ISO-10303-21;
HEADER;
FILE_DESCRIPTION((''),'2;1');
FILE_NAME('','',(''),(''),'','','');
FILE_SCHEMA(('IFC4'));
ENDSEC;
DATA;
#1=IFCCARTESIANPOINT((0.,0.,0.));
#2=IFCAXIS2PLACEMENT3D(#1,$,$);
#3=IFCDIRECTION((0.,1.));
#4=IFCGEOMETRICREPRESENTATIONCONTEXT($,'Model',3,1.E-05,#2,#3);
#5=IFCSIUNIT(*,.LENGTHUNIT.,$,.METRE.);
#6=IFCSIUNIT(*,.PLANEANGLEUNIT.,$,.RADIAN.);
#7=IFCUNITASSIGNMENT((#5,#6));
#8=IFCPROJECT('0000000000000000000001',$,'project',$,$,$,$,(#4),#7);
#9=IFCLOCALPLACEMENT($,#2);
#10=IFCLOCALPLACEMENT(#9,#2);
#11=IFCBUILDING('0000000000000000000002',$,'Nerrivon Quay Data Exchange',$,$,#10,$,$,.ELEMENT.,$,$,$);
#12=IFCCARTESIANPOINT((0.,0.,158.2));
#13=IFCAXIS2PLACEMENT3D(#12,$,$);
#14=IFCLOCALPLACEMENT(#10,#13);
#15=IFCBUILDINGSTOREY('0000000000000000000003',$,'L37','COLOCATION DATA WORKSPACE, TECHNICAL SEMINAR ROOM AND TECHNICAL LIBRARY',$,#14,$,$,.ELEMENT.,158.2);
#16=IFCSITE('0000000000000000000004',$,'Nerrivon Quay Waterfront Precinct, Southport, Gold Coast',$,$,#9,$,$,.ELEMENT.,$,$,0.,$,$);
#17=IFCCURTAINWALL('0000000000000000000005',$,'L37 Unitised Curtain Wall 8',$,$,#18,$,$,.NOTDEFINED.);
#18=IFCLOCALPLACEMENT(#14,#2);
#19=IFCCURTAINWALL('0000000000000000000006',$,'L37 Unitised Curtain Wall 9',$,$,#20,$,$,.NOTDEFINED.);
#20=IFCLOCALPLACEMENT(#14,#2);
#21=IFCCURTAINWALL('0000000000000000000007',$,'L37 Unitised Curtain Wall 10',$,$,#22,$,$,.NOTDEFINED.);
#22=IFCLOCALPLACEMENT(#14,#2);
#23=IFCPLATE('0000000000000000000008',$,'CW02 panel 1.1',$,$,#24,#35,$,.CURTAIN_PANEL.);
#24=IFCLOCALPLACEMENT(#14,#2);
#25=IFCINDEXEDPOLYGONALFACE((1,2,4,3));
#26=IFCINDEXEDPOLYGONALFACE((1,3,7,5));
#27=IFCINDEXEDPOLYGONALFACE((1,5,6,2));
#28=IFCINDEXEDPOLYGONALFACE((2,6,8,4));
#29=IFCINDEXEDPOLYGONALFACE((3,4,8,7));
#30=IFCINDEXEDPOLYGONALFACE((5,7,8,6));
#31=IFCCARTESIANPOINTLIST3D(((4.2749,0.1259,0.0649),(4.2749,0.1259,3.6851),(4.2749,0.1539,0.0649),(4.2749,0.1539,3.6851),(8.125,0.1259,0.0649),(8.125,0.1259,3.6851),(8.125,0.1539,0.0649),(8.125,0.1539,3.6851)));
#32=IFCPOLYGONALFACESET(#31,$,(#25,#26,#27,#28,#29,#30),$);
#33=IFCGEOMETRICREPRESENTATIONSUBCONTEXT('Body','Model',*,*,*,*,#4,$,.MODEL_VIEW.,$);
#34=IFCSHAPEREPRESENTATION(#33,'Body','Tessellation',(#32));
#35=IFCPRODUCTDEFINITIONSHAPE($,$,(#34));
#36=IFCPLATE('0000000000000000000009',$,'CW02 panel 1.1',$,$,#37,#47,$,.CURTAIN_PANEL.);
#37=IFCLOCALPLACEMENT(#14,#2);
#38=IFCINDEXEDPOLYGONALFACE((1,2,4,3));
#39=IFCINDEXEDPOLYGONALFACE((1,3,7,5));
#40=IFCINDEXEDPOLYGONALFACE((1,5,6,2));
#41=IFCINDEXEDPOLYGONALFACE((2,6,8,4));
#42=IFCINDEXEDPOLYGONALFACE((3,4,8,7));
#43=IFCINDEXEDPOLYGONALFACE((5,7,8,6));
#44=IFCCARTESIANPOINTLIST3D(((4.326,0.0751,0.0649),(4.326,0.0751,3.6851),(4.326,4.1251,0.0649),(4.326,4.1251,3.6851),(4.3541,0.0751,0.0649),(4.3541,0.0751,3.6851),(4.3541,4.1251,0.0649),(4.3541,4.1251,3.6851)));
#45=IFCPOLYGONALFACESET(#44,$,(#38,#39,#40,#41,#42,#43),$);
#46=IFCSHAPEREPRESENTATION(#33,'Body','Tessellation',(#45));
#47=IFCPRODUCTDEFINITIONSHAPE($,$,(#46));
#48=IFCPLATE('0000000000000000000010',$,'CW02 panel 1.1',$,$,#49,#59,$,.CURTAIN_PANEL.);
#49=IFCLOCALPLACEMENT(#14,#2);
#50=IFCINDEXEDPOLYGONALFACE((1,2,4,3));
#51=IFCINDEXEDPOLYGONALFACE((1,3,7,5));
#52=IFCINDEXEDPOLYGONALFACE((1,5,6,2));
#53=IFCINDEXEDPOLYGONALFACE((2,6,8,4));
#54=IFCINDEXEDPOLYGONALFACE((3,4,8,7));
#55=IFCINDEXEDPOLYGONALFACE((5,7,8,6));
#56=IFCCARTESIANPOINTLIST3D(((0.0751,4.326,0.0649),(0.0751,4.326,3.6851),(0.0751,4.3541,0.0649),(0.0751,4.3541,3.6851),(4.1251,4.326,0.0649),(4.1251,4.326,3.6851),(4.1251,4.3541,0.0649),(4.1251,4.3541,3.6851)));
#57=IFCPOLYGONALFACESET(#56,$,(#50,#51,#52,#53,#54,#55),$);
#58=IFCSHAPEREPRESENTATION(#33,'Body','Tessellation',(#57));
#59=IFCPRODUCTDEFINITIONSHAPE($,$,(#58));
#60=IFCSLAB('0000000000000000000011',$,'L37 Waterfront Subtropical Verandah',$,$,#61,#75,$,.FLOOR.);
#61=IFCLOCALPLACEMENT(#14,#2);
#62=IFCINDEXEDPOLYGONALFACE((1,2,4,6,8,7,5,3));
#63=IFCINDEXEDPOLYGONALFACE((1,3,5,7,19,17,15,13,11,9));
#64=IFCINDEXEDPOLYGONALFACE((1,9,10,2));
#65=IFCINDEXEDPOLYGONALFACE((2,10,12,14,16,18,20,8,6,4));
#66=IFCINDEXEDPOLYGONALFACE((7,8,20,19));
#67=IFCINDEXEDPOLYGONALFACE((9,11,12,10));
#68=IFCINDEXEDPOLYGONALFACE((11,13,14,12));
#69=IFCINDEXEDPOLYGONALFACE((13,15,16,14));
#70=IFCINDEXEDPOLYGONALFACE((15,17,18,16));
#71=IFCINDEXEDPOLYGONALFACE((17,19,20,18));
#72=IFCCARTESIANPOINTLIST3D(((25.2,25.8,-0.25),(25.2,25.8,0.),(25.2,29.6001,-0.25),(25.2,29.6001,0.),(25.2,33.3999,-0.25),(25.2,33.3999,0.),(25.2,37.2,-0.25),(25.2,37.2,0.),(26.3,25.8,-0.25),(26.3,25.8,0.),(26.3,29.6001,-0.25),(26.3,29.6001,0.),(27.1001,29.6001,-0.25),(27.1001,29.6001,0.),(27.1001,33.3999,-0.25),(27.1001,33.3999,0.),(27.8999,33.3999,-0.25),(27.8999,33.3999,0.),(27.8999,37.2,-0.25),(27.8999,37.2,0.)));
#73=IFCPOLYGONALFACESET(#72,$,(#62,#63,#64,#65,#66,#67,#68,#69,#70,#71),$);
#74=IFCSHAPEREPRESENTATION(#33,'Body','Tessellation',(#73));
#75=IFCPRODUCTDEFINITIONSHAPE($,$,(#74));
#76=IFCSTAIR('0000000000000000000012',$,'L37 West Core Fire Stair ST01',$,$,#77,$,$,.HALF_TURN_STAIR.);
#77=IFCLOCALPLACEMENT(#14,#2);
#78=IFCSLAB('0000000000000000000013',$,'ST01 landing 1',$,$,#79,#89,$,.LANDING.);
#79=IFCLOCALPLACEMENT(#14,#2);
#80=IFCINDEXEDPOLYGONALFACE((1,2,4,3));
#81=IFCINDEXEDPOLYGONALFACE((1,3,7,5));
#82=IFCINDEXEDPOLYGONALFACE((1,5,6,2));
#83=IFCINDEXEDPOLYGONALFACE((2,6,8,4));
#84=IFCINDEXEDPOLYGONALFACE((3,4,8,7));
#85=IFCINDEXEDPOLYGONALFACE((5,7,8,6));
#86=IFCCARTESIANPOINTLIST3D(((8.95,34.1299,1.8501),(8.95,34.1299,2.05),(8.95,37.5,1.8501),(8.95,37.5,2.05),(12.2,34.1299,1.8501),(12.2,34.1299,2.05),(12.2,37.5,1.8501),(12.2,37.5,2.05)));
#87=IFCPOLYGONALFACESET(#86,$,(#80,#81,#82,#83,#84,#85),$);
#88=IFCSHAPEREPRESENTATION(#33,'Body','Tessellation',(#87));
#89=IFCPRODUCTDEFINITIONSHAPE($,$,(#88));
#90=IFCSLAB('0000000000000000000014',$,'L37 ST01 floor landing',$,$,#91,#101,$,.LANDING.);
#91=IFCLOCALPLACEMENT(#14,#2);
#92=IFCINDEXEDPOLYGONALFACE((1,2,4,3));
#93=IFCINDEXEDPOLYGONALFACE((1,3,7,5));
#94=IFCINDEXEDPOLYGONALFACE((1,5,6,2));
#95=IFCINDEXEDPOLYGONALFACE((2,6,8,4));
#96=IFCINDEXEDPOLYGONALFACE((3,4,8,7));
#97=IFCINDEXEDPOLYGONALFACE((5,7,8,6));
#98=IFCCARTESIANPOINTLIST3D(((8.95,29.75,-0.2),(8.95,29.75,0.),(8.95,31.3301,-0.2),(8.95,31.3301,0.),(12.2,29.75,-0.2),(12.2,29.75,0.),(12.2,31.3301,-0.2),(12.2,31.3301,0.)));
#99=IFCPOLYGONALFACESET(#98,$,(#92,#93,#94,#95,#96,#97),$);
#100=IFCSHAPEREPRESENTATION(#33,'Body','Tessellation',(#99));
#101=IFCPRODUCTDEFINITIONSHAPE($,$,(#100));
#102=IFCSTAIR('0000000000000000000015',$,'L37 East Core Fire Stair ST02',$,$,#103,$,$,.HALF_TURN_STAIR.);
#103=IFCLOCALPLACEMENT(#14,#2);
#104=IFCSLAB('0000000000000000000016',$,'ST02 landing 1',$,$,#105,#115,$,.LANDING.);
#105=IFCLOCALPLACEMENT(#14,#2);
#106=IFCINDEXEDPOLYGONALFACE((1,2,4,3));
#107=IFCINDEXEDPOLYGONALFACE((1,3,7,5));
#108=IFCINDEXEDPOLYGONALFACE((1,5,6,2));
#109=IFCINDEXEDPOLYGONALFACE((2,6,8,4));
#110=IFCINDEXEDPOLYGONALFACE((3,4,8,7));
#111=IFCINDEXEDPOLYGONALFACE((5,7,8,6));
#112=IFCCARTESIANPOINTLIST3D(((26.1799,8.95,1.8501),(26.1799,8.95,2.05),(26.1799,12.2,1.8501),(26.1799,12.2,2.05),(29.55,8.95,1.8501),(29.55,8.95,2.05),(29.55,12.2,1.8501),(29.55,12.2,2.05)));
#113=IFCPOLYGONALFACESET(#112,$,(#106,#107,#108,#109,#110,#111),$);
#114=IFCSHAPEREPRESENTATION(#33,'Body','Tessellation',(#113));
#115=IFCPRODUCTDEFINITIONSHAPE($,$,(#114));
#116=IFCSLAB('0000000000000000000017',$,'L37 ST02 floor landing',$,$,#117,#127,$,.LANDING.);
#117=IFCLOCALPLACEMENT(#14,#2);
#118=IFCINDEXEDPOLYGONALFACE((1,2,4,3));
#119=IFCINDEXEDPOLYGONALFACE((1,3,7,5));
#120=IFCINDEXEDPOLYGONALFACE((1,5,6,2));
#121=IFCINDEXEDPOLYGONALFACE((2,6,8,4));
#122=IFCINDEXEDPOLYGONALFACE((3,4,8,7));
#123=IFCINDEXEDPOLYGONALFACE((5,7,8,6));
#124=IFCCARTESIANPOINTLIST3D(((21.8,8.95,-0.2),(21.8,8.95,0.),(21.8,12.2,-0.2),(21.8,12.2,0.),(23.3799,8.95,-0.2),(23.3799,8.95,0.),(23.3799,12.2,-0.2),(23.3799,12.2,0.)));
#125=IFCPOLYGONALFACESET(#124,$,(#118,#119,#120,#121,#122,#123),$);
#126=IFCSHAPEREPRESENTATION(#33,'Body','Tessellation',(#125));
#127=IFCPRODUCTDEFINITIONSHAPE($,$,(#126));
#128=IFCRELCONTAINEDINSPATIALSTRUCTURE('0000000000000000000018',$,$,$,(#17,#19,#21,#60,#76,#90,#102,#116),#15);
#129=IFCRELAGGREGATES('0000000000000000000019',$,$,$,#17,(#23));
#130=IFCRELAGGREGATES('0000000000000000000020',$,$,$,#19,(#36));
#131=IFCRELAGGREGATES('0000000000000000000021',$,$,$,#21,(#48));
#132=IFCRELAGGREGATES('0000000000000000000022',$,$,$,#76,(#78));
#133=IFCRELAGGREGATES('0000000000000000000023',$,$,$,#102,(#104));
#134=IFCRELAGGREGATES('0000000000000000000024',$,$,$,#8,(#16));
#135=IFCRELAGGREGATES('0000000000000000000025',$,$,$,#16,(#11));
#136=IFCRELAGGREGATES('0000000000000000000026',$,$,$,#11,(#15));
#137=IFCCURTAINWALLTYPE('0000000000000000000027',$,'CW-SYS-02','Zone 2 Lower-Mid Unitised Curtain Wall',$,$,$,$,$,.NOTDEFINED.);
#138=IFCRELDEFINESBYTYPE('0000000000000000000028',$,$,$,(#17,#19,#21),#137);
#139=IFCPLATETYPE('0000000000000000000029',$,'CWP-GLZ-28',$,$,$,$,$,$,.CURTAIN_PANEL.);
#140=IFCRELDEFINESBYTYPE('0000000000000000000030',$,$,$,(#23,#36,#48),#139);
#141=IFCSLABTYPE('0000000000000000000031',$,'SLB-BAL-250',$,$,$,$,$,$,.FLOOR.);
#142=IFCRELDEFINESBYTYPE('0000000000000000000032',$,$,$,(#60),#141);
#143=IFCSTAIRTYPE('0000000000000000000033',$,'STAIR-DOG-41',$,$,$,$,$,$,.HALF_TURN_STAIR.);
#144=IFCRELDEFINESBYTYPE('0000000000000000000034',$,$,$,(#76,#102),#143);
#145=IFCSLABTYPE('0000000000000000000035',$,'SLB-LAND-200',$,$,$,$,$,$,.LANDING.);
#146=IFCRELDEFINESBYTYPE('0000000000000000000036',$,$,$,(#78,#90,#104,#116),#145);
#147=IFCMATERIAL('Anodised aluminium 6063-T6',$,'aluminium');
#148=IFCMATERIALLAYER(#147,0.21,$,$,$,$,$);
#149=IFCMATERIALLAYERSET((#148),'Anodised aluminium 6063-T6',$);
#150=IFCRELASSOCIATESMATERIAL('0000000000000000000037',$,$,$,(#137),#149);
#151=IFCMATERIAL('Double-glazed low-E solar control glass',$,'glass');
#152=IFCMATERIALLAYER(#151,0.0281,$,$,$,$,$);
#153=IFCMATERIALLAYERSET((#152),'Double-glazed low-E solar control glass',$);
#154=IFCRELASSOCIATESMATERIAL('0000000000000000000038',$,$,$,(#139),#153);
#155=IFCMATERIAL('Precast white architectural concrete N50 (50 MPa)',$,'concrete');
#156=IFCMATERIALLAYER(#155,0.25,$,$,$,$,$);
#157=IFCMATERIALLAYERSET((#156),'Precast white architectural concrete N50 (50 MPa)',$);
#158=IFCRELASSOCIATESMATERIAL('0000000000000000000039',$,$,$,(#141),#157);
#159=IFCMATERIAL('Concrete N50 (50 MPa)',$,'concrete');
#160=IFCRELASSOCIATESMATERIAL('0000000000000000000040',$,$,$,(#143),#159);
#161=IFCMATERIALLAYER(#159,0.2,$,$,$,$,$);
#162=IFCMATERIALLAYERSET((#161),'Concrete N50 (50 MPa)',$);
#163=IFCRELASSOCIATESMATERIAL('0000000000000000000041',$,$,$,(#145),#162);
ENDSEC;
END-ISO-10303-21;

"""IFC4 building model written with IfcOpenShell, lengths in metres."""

from ifc_helpers import new_model, si_unit, direction, frame, origin, origin_2d, place, context, subcontext, project, spatial, polyline, rectangle, outline, extrude, material, layer, layer_set, type_object, element, aggregate, save


model = new_model("IFC4")

# Units and contexts
model_context = context("Model", 3, precision=1e-05, world=origin(), true_north=direction((0.0, 1.0)))
body_context = subcontext(model_context, "Body", "Model", "MODEL_VIEW")
ifc_project = project(units=[si_unit("LENGTHUNIT", "METRE"), si_unit("PLANEANGLEUNIT", "RADIAN")], contexts=[model_context])

# Site, building, storey
site_placement = place(None, origin())
site = spatial("IfcSite", under=ifc_project, at=site_placement, Name="Nerrivon Quay Waterfront Precinct, Southport, Gold Coast", CompositionType="ELEMENT", RefElevation=0.0)
building_placement = place(site_placement, origin())
building = spatial("IfcBuilding", under=site, at=building_placement, Name="Nerrivon Quay Data Exchange", CompositionType="ELEMENT")
storey_placement = place(building_placement, frame((0.0, 0.0, 158.2)))
storey = spatial("IfcBuildingStorey", under=building, at=storey_placement, Name="L37", Description="COLOCATION DATA WORKSPACE, TECHNICAL SEMINAR ROOM AND TECHNICAL LIBRARY", CompositionType="ELEMENT", Elevation=158.2)

# Curtain wall
ifc_material_1 = material(Name="Anodised aluminium 6063-T6", Category="aluminium")
ifc_layer_1 = layer(ifc_material_1, 0.21)
ifc_layer_set_1 = layer_set([ifc_layer_1], Name="Anodised aluminium 6063-T6")
curtain_wall_type = type_object("IfcCurtainWallType", Name="CW-SYS-02", Description="Zone 2 Lower-Mid Unitised Curtain Wall", PredefinedType="NOTDEFINED", material=ifc_layer_set_1)
curtain_wall_1_placement = place(storey_placement, origin())
curtain_wall_1 = element("IfcCurtainWall", 1, at=curtain_wall_1_placement, inside=storey, type_object=curtain_wall_type, Name="L37 Unitised Curtain Wall 8", PredefinedType="NOTDEFINED")

# Curtain wall
curtain_wall_2_placement = place(storey_placement, origin())
curtain_wall_2 = element("IfcCurtainWall", 2, at=curtain_wall_2_placement, inside=storey, type_object=curtain_wall_type, Name="L37 Unitised Curtain Wall 9", PredefinedType="NOTDEFINED")

# Curtain wall
curtain_wall_3_placement = place(storey_placement, origin())
curtain_wall_3 = element("IfcCurtainWall", 3, at=curtain_wall_3_placement, inside=storey, type_object=curtain_wall_type, Name="L37 Unitised Curtain Wall 10", PredefinedType="NOTDEFINED")

# Plates
ifc_material_2 = material(Name="Double-glazed low-E solar control glass", Category="glass")
ifc_layer_2 = layer(ifc_material_2, 0.0281)
ifc_layer_set_2 = layer_set([ifc_layer_2], Name="Double-glazed low-E solar control glass")
plate_type = type_object("IfcPlateType", Name="CWP-GLZ-28", PredefinedType="CURTAIN_PANEL", material=ifc_layer_set_2)
plate_1_placement = place(storey_placement, frame((6.2, 0.1399, 0.0649), z_axis=(0.0, 0.0, 1.0), x_axis=(-1.0, 0.0, 0.0)))
plate_1 = element("IfcPlate", 4, at=plate_1_placement, type_object=plate_type, Name="CW02 panel 1.1", PredefinedType="CURTAIN_PANEL", context=body_context, shape_type="SweptSolid", body=[
    extrude(rectangle(XDim=3.8501, YDim=0.0281, at=origin_2d()), origin(), (0.0, 0.0, 1.0), 3.6201),
])
aggregate(curtain_wall_1, [plate_1])
plate_2_placement = place(storey_placement, frame((4.3401, 2.1001, 0.0649), z_axis=(0.0, 0.0, 1.0), x_axis=(0.0, 1.0, 0.0)))
plate_2 = element("IfcPlate", 5, at=plate_2_placement, type_object=plate_type, Name="CW02 panel 1.1", PredefinedType="CURTAIN_PANEL", context=body_context, shape_type="SweptSolid", body=[
    extrude(rectangle(XDim=4.05, YDim=0.0281, at=origin_2d()), origin(), (0.0, 0.0, 1.0), 3.6201),
])
aggregate(curtain_wall_2, [plate_2])
plate_3_placement = place(storey_placement, frame((2.1001, 4.3401, 0.0649), z_axis=(0.0, 0.0, 1.0), x_axis=(-1.0, 0.0, 0.0)))
plate_3 = element("IfcPlate", 6, at=plate_3_placement, type_object=plate_type, Name="CW02 panel 1.1", PredefinedType="CURTAIN_PANEL", context=body_context, shape_type="SweptSolid", body=[
    extrude(rectangle(XDim=4.05, YDim=0.0281, at=origin_2d()), origin(), (0.0, 0.0, 1.0), 3.6201),
])
aggregate(curtain_wall_3, [plate_3])

# Slab
ifc_material_3 = material(Name="Precast white architectural concrete N50 (50 MPa)", Category="concrete")
ifc_layer_3 = layer(ifc_material_3, 0.25)
ifc_layer_set_3 = layer_set([ifc_layer_3], Name="Precast white architectural concrete N50 (50 MPa)")
slab_type_1 = type_object("IfcSlabType", Name="SLB-BAL-250", PredefinedType="FLOOR", material=ifc_layer_set_3)
slab_1_placement = place(storey_placement, frame((0.0, 0.0, -0.25)))
element("IfcSlab", 7, at=slab_1_placement, inside=storey, type_object=slab_type_1, Name="L37 Waterfront Subtropical Verandah", PredefinedType="FLOOR", context=body_context, shape_type="SweptSolid", body=[
    extrude(outline(polyline([(26.3, 29.6001), (27.1001, 29.6001), (27.1001, 33.3999), (27.8999, 33.3999), (27.8999, 37.2), (25.2, 37.2), (25.2, 33.3999), (25.2, 29.6001), (25.2, 25.8), (26.3, 25.8), (26.3, 29.6001)])), origin(), (0.0, 0.0, 1.0), 0.25),
])

# Stair, slab
ifc_material_4 = material(Name="Concrete N50 (50 MPa)", Category="concrete")
stair_type = type_object("IfcStairType", Name="STAIR-DOG-41", PredefinedType="HALF_TURN_STAIR", material=ifc_material_4)
stair_1_placement = place(storey_placement, origin())
stair_1 = element("IfcStair", 8, at=stair_1_placement, inside=storey, type_object=stair_type, Name="L37 West Core Fire Stair ST01", PredefinedType="HALF_TURN_STAIR")
ifc_layer_4 = layer(ifc_material_4, 0.2)
ifc_layer_set_4 = layer_set([ifc_layer_4], Name="Concrete N50 (50 MPa)")
slab_type_2 = type_object("IfcSlabType", Name="SLB-LAND-200", PredefinedType="LANDING", material=ifc_layer_set_4)
slab_2_placement = place(storey_placement, frame((0.0, 0.0, 1.8501)))
slab_2 = element("IfcSlab", 9, at=slab_2_placement, type_object=slab_type_2, Name="ST01 landing 1", PredefinedType="LANDING", context=body_context, shape_type="SweptSolid", body=[
    extrude(outline(polyline([(12.2, 34.1299), (12.2, 37.5), (8.95, 37.5), (8.95, 34.1299), (12.2, 34.1299)])), origin(), (0.0, 0.0, 1.0), 0.2),
])
aggregate(stair_1, [slab_2])

# Slab
slab_3_placement = place(storey_placement, frame((0.0, 0.0, -0.2)))
element("IfcSlab", 10, at=slab_3_placement, inside=storey, type_object=slab_type_2, Name="L37 ST01 floor landing", PredefinedType="LANDING", context=body_context, shape_type="SweptSolid", body=[
    extrude(outline(polyline([(12.2, 29.75), (12.2, 31.3301), (8.95, 31.3301), (8.95, 29.75), (12.2, 29.75)])), origin(), (0.0, 0.0, 1.0), 0.2),
])

# Stair, slab
stair_2_placement = place(storey_placement, origin())
stair_2 = element("IfcStair", 11, at=stair_2_placement, inside=storey, type_object=stair_type, Name="L37 East Core Fire Stair ST02", PredefinedType="HALF_TURN_STAIR")
slab_4_placement = place(storey_placement, frame((0.0, 0.0, 1.8501)))
slab_4 = element("IfcSlab", 12, at=slab_4_placement, type_object=slab_type_2, Name="ST02 landing 1", PredefinedType="LANDING", context=body_context, shape_type="SweptSolid", body=[
    extrude(outline(polyline([(26.1799, 8.95), (29.55, 8.95), (29.55, 12.2), (26.1799, 12.2), (26.1799, 8.95)])), origin(), (0.0, 0.0, 1.0), 0.2),
])
aggregate(stair_2, [slab_4])

# Slab
slab_5_placement = place(storey_placement, frame((0.0, 0.0, -0.2)))
element("IfcSlab", 13, at=slab_5_placement, inside=storey, type_object=slab_type_2, Name="L37 ST02 floor landing", PredefinedType="LANDING", context=body_context, shape_type="SweptSolid", body=[
    extrude(outline(polyline([(21.8, 8.95), (23.3799, 8.95), (23.3799, 12.2), (21.8, 12.2), (21.8, 8.95)])), origin(), (0.0, 0.0, 1.0), 0.2),
])

save(model, "model.ifc")
